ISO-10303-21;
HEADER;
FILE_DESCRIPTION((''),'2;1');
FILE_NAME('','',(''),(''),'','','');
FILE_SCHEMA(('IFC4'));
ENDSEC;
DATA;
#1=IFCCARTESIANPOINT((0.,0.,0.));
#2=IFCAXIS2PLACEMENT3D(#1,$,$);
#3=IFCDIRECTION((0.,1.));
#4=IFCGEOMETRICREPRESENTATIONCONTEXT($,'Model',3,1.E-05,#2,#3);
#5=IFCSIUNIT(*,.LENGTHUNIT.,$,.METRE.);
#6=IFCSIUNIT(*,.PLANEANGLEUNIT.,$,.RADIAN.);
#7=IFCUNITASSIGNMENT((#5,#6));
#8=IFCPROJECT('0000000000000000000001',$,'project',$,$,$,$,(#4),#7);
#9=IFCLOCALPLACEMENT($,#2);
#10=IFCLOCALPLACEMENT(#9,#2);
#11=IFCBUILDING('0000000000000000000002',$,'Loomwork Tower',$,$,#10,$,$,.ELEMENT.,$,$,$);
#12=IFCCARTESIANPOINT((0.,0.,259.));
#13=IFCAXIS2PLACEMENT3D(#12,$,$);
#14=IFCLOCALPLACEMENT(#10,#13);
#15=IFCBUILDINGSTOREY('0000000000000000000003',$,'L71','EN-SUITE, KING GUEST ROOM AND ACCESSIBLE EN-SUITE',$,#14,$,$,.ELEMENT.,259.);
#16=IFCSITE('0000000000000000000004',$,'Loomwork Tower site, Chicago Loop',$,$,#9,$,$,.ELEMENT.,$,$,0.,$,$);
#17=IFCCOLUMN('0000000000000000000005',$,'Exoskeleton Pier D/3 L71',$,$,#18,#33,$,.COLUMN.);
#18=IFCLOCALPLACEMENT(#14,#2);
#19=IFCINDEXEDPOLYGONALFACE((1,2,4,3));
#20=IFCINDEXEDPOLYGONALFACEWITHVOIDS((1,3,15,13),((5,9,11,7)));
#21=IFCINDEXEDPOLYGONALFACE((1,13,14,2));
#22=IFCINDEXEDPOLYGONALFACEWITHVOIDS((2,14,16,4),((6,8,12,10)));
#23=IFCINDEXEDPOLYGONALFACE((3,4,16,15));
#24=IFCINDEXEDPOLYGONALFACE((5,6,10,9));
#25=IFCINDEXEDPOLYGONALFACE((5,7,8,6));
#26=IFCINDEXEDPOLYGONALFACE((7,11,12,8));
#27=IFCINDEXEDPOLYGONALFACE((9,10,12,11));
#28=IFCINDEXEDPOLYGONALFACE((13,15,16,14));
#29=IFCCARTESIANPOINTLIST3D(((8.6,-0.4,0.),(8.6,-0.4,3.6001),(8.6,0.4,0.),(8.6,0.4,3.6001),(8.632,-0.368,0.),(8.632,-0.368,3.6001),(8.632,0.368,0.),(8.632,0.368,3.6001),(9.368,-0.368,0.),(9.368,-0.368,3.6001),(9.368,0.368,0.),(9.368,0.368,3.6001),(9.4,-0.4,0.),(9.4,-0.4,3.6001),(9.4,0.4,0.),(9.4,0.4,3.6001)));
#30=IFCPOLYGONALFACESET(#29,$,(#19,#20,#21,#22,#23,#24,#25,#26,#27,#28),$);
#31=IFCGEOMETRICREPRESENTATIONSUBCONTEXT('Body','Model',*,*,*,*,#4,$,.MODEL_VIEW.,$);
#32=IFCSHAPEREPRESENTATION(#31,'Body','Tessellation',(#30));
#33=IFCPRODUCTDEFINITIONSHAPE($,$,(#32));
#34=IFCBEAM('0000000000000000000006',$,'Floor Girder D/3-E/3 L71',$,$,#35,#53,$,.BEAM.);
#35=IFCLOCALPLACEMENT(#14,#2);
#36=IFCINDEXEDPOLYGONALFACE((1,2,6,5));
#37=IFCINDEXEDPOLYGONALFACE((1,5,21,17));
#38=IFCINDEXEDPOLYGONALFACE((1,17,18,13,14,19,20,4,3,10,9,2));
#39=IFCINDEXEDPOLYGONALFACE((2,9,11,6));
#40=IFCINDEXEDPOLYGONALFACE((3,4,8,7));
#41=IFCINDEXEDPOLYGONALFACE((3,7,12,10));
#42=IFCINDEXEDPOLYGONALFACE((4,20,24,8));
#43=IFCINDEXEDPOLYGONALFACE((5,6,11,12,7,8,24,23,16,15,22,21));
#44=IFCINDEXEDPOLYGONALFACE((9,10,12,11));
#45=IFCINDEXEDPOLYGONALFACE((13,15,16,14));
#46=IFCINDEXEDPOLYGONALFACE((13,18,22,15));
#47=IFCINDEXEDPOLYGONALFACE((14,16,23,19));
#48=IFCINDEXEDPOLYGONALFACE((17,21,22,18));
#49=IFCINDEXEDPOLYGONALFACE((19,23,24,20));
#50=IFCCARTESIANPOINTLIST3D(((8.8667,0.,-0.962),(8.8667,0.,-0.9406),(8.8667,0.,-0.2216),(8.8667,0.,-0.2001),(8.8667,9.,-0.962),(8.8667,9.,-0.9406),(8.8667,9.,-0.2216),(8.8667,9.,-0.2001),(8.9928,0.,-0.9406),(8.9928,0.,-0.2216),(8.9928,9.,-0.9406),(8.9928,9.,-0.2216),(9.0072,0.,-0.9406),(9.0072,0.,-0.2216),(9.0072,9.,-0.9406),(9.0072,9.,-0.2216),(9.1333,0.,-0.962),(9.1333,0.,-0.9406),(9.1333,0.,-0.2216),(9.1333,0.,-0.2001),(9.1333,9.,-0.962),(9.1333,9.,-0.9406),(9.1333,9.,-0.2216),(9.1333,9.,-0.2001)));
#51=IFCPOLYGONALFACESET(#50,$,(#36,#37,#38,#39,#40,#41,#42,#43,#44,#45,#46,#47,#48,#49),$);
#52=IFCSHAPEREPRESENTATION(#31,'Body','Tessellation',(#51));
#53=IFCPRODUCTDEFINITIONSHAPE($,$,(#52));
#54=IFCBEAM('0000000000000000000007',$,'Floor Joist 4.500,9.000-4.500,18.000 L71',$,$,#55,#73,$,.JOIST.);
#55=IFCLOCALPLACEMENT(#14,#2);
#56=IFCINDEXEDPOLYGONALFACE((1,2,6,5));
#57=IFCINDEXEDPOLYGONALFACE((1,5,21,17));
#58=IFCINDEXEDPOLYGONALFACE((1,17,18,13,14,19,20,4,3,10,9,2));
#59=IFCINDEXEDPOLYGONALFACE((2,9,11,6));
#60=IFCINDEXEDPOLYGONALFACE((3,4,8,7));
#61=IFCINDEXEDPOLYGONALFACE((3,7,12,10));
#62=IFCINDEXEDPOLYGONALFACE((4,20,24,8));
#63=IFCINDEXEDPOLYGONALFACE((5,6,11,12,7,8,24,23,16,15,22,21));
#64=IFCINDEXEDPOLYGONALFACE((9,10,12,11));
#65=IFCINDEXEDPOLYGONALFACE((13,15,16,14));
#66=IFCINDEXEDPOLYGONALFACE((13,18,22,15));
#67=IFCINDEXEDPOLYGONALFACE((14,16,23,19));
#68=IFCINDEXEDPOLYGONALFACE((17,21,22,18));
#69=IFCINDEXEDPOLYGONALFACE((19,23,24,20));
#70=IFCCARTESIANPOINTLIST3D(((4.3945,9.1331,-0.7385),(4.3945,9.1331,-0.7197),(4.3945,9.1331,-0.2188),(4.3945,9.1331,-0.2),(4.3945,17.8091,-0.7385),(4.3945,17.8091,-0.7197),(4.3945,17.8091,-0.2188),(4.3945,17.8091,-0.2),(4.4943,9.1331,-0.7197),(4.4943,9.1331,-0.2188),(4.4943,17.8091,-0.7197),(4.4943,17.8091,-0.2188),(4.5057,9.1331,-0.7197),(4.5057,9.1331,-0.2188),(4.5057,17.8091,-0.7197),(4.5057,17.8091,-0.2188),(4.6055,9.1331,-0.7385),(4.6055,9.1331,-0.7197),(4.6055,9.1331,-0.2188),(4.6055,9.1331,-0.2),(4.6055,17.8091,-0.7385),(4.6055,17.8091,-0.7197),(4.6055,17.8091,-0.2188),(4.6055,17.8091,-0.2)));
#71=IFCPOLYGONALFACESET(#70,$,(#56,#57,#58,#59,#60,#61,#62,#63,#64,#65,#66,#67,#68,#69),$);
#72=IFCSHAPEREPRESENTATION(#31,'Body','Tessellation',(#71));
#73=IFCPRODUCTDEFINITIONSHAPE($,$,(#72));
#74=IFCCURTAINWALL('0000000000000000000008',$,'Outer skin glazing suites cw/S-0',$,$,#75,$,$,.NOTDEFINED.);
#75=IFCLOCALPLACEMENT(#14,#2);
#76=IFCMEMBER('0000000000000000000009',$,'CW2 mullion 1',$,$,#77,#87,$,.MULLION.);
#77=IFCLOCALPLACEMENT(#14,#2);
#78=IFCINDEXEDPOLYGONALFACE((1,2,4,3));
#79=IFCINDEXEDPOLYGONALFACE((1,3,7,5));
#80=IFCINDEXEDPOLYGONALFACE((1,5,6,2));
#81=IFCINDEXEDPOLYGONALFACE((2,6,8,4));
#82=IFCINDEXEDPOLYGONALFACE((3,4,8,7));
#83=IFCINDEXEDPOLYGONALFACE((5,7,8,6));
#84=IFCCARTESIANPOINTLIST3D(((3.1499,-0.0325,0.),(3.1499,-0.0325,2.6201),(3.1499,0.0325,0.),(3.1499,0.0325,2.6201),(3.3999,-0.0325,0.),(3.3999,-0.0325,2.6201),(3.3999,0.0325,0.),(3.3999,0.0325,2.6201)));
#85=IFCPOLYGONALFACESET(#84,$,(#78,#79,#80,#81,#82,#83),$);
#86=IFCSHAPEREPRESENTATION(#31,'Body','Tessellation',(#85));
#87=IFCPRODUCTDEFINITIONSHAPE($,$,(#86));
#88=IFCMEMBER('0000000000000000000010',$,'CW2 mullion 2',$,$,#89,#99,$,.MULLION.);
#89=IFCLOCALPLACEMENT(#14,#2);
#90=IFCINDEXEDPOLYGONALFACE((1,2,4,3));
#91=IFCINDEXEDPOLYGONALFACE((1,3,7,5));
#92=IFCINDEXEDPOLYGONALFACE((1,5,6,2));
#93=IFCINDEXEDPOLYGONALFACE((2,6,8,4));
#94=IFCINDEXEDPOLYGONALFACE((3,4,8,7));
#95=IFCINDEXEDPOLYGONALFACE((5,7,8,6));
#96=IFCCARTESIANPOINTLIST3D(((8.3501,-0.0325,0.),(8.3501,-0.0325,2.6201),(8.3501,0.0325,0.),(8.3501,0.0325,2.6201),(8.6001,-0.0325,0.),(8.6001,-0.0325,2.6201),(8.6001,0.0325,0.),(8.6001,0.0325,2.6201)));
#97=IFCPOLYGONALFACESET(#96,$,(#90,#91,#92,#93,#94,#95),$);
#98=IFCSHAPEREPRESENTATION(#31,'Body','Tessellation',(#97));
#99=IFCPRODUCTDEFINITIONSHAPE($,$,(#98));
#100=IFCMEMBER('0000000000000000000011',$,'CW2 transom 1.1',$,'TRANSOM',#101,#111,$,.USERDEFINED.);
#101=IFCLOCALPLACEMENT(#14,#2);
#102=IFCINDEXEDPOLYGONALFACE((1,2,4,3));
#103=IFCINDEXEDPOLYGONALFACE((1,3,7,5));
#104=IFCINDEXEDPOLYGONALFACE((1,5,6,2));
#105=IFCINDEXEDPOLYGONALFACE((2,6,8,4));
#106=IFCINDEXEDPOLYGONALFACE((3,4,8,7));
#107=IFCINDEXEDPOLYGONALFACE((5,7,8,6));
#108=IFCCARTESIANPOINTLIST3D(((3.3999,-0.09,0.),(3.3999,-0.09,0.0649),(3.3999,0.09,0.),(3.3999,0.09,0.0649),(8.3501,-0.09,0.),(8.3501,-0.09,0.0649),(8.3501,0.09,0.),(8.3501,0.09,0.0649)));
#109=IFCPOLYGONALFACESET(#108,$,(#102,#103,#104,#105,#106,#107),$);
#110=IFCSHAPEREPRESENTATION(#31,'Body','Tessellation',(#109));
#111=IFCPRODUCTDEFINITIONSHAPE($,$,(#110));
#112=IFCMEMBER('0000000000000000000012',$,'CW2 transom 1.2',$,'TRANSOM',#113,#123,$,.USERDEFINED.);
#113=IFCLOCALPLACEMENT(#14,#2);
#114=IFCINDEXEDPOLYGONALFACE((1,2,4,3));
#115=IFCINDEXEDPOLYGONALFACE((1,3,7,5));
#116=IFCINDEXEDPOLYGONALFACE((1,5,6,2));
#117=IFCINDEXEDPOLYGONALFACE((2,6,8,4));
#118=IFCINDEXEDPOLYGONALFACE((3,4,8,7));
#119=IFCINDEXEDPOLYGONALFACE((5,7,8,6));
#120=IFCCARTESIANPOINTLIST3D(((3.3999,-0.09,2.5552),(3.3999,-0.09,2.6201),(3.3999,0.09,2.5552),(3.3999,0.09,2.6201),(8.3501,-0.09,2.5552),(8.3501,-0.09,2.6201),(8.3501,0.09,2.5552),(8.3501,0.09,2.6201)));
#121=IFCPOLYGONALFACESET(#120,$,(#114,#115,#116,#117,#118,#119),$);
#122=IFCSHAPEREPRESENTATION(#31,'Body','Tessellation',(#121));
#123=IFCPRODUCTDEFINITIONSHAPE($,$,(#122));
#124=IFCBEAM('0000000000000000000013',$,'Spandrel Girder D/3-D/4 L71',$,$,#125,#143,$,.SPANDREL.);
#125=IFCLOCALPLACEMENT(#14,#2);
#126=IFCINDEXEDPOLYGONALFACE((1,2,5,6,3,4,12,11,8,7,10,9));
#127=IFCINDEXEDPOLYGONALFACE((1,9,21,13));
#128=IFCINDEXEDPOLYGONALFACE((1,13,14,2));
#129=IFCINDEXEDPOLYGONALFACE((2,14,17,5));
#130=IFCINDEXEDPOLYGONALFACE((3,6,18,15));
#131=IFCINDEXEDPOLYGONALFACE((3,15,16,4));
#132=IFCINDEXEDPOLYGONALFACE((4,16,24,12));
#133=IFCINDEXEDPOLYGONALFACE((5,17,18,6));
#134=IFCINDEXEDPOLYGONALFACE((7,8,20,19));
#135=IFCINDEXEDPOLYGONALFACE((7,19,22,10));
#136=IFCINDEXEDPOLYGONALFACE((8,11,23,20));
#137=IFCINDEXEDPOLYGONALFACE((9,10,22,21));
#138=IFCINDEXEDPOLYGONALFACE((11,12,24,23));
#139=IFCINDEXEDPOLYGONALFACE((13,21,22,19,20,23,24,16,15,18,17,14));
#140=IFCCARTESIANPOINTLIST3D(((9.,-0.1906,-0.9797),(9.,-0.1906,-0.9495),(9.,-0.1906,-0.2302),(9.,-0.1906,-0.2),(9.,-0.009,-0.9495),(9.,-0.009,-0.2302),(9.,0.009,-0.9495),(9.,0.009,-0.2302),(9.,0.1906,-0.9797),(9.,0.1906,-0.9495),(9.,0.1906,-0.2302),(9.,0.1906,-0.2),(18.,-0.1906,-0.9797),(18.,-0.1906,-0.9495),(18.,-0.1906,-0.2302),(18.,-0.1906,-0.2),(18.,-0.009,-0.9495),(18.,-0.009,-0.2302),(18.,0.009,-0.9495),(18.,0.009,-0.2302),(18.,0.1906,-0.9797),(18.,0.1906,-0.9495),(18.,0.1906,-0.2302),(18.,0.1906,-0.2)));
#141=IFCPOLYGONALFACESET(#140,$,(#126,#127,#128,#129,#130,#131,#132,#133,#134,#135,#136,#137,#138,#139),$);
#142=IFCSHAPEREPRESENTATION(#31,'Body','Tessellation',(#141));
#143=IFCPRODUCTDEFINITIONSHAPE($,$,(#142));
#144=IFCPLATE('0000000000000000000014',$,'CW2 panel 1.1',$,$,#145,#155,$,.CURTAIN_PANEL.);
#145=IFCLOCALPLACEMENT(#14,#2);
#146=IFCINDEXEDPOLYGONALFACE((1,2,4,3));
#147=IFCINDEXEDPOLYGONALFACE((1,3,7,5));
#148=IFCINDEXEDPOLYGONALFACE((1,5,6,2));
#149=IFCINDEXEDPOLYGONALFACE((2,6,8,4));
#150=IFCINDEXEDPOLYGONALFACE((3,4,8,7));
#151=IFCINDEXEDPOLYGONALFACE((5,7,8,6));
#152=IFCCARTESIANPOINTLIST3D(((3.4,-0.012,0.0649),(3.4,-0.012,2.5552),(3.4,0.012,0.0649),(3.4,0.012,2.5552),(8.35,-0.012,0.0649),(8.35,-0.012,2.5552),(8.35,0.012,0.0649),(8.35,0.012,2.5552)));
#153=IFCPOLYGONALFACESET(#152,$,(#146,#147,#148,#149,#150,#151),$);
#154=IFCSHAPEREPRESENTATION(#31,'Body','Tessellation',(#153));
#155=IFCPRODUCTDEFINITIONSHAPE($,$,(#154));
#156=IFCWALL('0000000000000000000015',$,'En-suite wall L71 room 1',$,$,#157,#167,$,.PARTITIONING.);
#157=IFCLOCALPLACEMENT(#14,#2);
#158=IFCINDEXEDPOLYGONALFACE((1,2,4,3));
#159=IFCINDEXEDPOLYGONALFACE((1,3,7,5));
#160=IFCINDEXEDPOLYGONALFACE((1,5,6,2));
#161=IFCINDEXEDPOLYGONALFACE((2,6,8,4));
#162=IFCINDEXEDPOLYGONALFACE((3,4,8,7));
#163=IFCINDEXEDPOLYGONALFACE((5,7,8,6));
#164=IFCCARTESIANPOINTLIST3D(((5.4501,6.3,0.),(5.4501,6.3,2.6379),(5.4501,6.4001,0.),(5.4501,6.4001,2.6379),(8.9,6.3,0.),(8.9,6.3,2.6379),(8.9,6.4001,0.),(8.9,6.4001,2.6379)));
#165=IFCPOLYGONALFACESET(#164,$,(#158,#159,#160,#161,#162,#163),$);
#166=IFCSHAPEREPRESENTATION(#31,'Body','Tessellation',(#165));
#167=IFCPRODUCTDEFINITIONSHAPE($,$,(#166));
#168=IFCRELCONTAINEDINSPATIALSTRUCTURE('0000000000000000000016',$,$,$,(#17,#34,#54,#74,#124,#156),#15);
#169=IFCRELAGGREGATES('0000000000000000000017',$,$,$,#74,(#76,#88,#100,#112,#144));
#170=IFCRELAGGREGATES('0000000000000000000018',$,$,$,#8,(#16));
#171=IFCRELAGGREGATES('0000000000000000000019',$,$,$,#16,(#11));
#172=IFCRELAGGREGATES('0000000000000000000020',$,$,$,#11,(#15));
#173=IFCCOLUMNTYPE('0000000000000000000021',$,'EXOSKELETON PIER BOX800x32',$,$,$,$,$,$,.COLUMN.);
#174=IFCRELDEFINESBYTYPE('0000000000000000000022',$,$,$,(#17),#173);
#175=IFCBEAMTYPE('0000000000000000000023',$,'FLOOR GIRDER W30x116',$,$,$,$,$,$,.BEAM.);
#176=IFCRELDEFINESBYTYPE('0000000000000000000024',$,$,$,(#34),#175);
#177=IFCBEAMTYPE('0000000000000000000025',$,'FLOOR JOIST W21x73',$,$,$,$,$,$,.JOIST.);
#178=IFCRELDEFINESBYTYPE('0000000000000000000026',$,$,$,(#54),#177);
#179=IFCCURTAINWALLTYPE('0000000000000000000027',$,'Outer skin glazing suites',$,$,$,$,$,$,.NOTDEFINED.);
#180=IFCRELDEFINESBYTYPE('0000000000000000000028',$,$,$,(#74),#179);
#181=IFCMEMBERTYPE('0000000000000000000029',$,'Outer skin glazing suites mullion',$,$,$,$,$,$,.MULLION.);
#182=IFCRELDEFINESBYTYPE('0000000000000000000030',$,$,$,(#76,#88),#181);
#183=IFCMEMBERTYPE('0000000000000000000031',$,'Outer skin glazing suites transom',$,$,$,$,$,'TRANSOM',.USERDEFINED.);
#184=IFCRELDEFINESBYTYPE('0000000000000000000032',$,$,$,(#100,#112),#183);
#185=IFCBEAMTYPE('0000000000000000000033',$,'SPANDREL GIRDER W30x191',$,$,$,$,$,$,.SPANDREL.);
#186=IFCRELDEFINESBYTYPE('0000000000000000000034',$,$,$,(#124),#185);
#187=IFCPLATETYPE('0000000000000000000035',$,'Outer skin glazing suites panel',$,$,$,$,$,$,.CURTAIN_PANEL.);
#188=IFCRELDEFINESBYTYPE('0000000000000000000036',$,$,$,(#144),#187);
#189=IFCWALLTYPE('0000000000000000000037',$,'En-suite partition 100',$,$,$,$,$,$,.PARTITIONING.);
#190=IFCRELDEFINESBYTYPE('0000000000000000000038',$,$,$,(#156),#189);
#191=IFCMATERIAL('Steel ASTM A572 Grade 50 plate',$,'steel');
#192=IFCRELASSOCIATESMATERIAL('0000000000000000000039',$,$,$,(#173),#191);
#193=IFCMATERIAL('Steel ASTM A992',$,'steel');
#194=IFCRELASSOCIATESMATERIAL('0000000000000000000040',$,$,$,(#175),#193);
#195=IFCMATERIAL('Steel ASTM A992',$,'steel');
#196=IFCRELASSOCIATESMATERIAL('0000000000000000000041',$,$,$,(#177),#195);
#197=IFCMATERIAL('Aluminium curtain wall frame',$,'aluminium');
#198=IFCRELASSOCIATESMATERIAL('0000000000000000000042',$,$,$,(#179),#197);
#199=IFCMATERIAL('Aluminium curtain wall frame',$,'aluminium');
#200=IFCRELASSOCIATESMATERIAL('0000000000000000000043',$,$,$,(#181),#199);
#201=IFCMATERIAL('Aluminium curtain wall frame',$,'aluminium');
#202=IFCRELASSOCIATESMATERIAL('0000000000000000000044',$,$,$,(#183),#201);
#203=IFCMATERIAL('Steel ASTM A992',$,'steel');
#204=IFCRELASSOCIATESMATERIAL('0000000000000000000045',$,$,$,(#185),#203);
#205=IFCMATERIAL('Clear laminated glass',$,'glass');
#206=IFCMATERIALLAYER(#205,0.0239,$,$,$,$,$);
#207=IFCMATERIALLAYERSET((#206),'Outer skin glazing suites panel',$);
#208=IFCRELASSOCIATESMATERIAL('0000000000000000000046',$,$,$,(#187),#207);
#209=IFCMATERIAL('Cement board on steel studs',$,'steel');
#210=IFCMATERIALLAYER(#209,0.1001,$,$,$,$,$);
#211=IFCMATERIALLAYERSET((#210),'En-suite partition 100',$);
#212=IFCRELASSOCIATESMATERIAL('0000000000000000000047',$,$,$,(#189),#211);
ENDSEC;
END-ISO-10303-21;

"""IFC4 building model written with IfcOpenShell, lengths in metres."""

from ifc_helpers import new_model, si_unit, direction, frame, frame_2d, origin, origin_2d, place, context, subcontext, project, spatial, rectangle, hollow_rectangle, i_section, extrude, material, layer, layer_set, material_profile, profile_set, type_object, element, aggregate, save


model = new_model("IFC4")

# Units and contexts
model_context = context("Model", 3, precision=1e-05, world=origin(), true_north=direction((0.0, 1.0)))
body_context = subcontext(model_context, "Body", "Model", "MODEL_VIEW")
ifc_project = project(units=[si_unit("LENGTHUNIT", "METRE"), si_unit("PLANEANGLEUNIT", "RADIAN")], contexts=[model_context])

# Site, building, storey
site_placement = place(None, origin())
site = spatial("IfcSite", under=ifc_project, at=site_placement, Name="Loomwork Tower site, Chicago Loop", CompositionType="ELEMENT", RefElevation=0.0)
building_placement = place(site_placement, origin())
building = spatial("IfcBuilding", under=site, at=building_placement, Name="Loomwork Tower", CompositionType="ELEMENT")
storey_placement = place(building_placement, frame((0.0, 0.0, 259.0)))
storey = spatial("IfcBuildingStorey", under=building, at=storey_placement, Name="L71", Description="EN-SUITE, KING GUEST ROOM AND ACCESSIBLE EN-SUITE", CompositionType="ELEMENT", Elevation=259.0)

# Column
ifc_material_1 = material(Name="Steel ASTM A572 Grade 50 plate", Category="steel")
ifc_material_profile_1 = material_profile(ifc_material_1, hollow_rectangle(XDim=0.8, YDim=0.8, WallThickness=0.032, at=origin_2d()), Name="BOX800x32")
ifc_profile_set_1 = profile_set([ifc_material_profile_1], Name="Steel ASTM A572 Grade 50 plate")
column_type = type_object("IfcColumnType", Name="EXOSKELETON PIER BOX800x32", PredefinedType="COLUMN", material=ifc_profile_set_1)
column_placement = place(storey_placement, frame((9.0, 0.0, 0.0), z_axis=(0.0, 0.0, 1.0), x_axis=(1.0, 0.0, 0.0)))
element("IfcColumn", 1, at=column_placement, inside=storey, type_object=column_type, Name="Exoskeleton Pier D/3 L71", PredefinedType="COLUMN", context=body_context, shape_type="SweptSolid", body=[
    extrude(hollow_rectangle(XDim=0.8, YDim=0.8, WallThickness=0.032, at=origin_2d()), origin(), (0.0, 0.0, 1.0), 3.6001),
])

# Beams
ifc_material_2 = material(Name="Steel ASTM A992", Category="steel")
ifc_material_profile_2 = material_profile(ifc_material_2, i_section(OverallWidth=0.2666, OverallDepth=0.762, WebThickness=0.0144, FlangeThickness=0.0215, at=origin_2d()), Name="W30x116")
ifc_profile_set_2 = profile_set([ifc_material_profile_2], Name="Steel ASTM A992")
beam_type_1 = type_object("IfcBeamType", Name="FLOOR GIRDER W30x116", PredefinedType="BEAM", material=ifc_profile_set_2)
beam_1_placement = place(storey_placement, frame((9.0, 0.0, -0.5811), z_axis=(0.0, 1.0, 0.0), x_axis=(-1.0, 0.0, 0.0)))
element("IfcBeam", 2, at=beam_1_placement, inside=storey, type_object=beam_type_1, Name="Floor Girder D/3-E/3 L71", PredefinedType="BEAM", context=body_context, shape_type="SweptSolid", body=[
    extrude(i_section(OverallWidth=0.2666, OverallDepth=0.762, WebThickness=0.0144, FlangeThickness=0.0215, at=origin_2d()), origin(), (0.0, 0.0, 1.0), 9.0),
])
ifc_material_3 = material(Name="Steel ASTM A992", Category="steel")
ifc_material_profile_3 = material_profile(ifc_material_3, i_section(OverallWidth=0.2109, OverallDepth=0.5386, WebThickness=0.0115, FlangeThickness=0.0188, at=origin_2d()), Name="W21x73")
ifc_profile_set_3 = profile_set([ifc_material_profile_3], Name="Steel ASTM A992")
beam_type_2 = type_object("IfcBeamType", Name="FLOOR JOIST W21x73", PredefinedType="JOIST", material=ifc_profile_set_3)
beam_2_placement = place(storey_placement, frame((4.5, 9.1331, -0.4692), z_axis=(0.0, 1.0, 0.0), x_axis=(-1.0, 0.0, 0.0)))
element("IfcBeam", 3, at=beam_2_placement, inside=storey, type_object=beam_type_2, Name="Floor Joist 4.500,9.000-4.500,18.000 L71", PredefinedType="JOIST", context=body_context, shape_type="SweptSolid", body=[
    extrude(i_section(OverallWidth=0.2109, OverallDepth=0.5386, WebThickness=0.0115, FlangeThickness=0.0188, at=origin_2d()), origin(), (0.0, 0.0, 1.0), 8.676),
])

# Curtain wall, members
ifc_material_4 = material(Name="Aluminium curtain wall frame", Category="aluminium")
curtain_wall_type = type_object("IfcCurtainWallType", Name="Outer skin glazing suites", PredefinedType="NOTDEFINED", material=ifc_material_4)
curtain_wall_placement = place(storey_placement, origin())
curtain_wall = element("IfcCurtainWall", 4, at=curtain_wall_placement, inside=storey, type_object=curtain_wall_type, Name="Outer skin glazing suites cw/S-0", PredefinedType="NOTDEFINED")
ifc_material_5 = material(Name="Aluminium curtain wall frame", Category="aluminium")
ifc_material_profile_4 = material_profile(ifc_material_5, rectangle(XDim=0.0649, YDim=0.25, at=origin_2d()), Name="AL 65x250")
ifc_profile_set_4 = profile_set([ifc_material_profile_4], Name="Aluminium curtain wall frame")
member_type_1 = type_object("IfcMemberType", Name="Outer skin glazing suites mullion", PredefinedType="MULLION", material=ifc_profile_set_4)
member_1_placement = place(storey_placement, frame((3.2749, 0.0, 0.0), z_axis=(0.0, 0.0, 1.0), x_axis=(0.0, 1.0, 0.0)))
member_1 = element("IfcMember", 5, at=member_1_placement, type_object=member_type_1, Name="CW2 mullion 1", PredefinedType="MULLION", context=body_context, shape_type="SweptSolid", body=[
    extrude(rectangle(XDim=0.0649, YDim=0.25, at=origin_2d()), origin(), (0.0, 0.0, 1.0), 2.6201),
])
member_2_placement = place(storey_placement, frame((8.4751, 0.0, 0.0), z_axis=(0.0, 0.0, 1.0), x_axis=(0.0, 1.0, 0.0)))
member_2 = element("IfcMember", 6, at=member_2_placement, type_object=member_type_1, Name="CW2 mullion 2", PredefinedType="MULLION", context=body_context, shape_type="SweptSolid", body=[
    extrude(rectangle(XDim=0.0649, YDim=0.25, at=origin_2d()), origin(), (0.0, 0.0, 1.0), 2.6201),
])
ifc_material_6 = material(Name="Aluminium curtain wall frame", Category="aluminium")
ifc_material_profile_5 = material_profile(ifc_material_6, rectangle(XDim=0.1799, YDim=0.0649, at=origin_2d()), Name="AL 65x180")
ifc_profile_set_5 = profile_set([ifc_material_profile_5], Name="Aluminium curtain wall frame")
member_type_2 = type_object("IfcMemberType", Name="Outer skin glazing suites transom", ElementType="TRANSOM", PredefinedType="USERDEFINED", material=ifc_profile_set_5)
member_3_placement = place(storey_placement, frame((3.3999, 0.0, 0.0325), z_axis=(1.0, 0.0, 0.0), x_axis=(0.0, 1.0, 0.0)))
member_3 = element("IfcMember", 7, at=member_3_placement, type_object=member_type_2, Name="CW2 transom 1.1", ObjectType="TRANSOM", PredefinedType="USERDEFINED", context=body_context, shape_type="SweptSolid", body=[
    extrude(rectangle(XDim=0.1799, YDim=0.0649, at=origin_2d()), origin(), (0.0, 0.0, 1.0), 4.9502),
])
member_4_placement = place(storey_placement, frame((3.3999, 0.0, 2.5876), z_axis=(1.0, 0.0, 0.0), x_axis=(0.0, 1.0, 0.0)))
member_4 = element("IfcMember", 8, at=member_4_placement, type_object=member_type_2, Name="CW2 transom 1.2", ObjectType="TRANSOM", PredefinedType="USERDEFINED", context=body_context, shape_type="SweptSolid", body=[
    extrude(rectangle(XDim=0.1799, YDim=0.0649, at=origin_2d()), origin(), (0.0, 0.0, 1.0), 4.9502),
])

# Beam
ifc_material_7 = material(Name="Steel ASTM A992", Category="steel")
ifc_material_profile_6 = material_profile(ifc_material_7, i_section(OverallWidth=0.3811, OverallDepth=0.7798, WebThickness=0.0181, FlangeThickness=0.0303, at=origin_2d()), Name="W30x191")
ifc_profile_set_6 = profile_set([ifc_material_profile_6], Name="Steel ASTM A992")
beam_type_3 = type_object("IfcBeamType", Name="SPANDREL GIRDER W30x191", PredefinedType="SPANDREL", material=ifc_profile_set_6)
beam_3_placement = place(storey_placement, frame((9.0, 0.0, -0.5898), z_axis=(1.0, 0.0, 0.0), x_axis=(0.0, 1.0, 0.0)))
element("IfcBeam", 9, at=beam_3_placement, inside=storey, type_object=beam_type_3, Name="Spandrel Girder D/3-D/4 L71", PredefinedType="SPANDREL", context=body_context, shape_type="SweptSolid", body=[
    extrude(i_section(OverallWidth=0.3811, OverallDepth=0.7798, WebThickness=0.0181, FlangeThickness=0.0303, at=origin_2d()), origin(), (0.0, 0.0, 1.0), 9.0),
])

# Plate
ifc_material_8 = material(Name="Clear laminated glass", Category="glass")
ifc_layer_1 = layer(ifc_material_8, 0.0239)
ifc_layer_set_1 = layer_set([ifc_layer_1], Name="Outer skin glazing suites panel")
plate_type = type_object("IfcPlateType", Name="Outer skin glazing suites panel", PredefinedType="CURTAIN_PANEL", material=ifc_layer_set_1)
plate_placement = place(storey_placement, frame((5.875, 0.0, 0.0649), z_axis=(0.0, 0.0, 1.0), x_axis=(1.0, 0.0, 0.0)))
plate = element("IfcPlate", 10, at=plate_placement, type_object=plate_type, Name="CW2 panel 1.1", PredefinedType="CURTAIN_PANEL", context=body_context, shape_type="SweptSolid", body=[
    extrude(rectangle(XDim=4.95, YDim=0.0239, at=origin_2d()), origin(), (0.0, 0.0, 1.0), 2.4902),
])
aggregate(curtain_wall, [member_1, member_2, member_3, member_4, plate])

# Wall
ifc_material_9 = material(Name="Cement board on steel studs", Category="steel")
ifc_layer_2 = layer(ifc_material_9, 0.1001)
ifc_layer_set_2 = layer_set([ifc_layer_2], Name="En-suite partition 100")
wall_type_1 = type_object("IfcWallType", Name="En-suite partition 100", PredefinedType="PARTITIONING", material=ifc_layer_set_2)
wall_1_placement = place(storey_placement, frame((5.45, 6.3501, 0.0), z_axis=(0.0, 0.0, 1.0), x_axis=(1.0, 0.0, 0.0)))
element("IfcWall", 11, at=wall_1_placement, inside=storey, type_object=wall_type_1, Name="En-suite wall L71 room 1", PredefinedType="PARTITIONING", context=body_context, shape_type="SweptSolid", body=[
    extrude(rectangle(XDim=3.45, YDim=0.1001, at=frame_2d((1.7251, 0.0))), origin(), (0.0, 0.0, 1.0), 2.6379),
])

save(model, "model.ifc")
